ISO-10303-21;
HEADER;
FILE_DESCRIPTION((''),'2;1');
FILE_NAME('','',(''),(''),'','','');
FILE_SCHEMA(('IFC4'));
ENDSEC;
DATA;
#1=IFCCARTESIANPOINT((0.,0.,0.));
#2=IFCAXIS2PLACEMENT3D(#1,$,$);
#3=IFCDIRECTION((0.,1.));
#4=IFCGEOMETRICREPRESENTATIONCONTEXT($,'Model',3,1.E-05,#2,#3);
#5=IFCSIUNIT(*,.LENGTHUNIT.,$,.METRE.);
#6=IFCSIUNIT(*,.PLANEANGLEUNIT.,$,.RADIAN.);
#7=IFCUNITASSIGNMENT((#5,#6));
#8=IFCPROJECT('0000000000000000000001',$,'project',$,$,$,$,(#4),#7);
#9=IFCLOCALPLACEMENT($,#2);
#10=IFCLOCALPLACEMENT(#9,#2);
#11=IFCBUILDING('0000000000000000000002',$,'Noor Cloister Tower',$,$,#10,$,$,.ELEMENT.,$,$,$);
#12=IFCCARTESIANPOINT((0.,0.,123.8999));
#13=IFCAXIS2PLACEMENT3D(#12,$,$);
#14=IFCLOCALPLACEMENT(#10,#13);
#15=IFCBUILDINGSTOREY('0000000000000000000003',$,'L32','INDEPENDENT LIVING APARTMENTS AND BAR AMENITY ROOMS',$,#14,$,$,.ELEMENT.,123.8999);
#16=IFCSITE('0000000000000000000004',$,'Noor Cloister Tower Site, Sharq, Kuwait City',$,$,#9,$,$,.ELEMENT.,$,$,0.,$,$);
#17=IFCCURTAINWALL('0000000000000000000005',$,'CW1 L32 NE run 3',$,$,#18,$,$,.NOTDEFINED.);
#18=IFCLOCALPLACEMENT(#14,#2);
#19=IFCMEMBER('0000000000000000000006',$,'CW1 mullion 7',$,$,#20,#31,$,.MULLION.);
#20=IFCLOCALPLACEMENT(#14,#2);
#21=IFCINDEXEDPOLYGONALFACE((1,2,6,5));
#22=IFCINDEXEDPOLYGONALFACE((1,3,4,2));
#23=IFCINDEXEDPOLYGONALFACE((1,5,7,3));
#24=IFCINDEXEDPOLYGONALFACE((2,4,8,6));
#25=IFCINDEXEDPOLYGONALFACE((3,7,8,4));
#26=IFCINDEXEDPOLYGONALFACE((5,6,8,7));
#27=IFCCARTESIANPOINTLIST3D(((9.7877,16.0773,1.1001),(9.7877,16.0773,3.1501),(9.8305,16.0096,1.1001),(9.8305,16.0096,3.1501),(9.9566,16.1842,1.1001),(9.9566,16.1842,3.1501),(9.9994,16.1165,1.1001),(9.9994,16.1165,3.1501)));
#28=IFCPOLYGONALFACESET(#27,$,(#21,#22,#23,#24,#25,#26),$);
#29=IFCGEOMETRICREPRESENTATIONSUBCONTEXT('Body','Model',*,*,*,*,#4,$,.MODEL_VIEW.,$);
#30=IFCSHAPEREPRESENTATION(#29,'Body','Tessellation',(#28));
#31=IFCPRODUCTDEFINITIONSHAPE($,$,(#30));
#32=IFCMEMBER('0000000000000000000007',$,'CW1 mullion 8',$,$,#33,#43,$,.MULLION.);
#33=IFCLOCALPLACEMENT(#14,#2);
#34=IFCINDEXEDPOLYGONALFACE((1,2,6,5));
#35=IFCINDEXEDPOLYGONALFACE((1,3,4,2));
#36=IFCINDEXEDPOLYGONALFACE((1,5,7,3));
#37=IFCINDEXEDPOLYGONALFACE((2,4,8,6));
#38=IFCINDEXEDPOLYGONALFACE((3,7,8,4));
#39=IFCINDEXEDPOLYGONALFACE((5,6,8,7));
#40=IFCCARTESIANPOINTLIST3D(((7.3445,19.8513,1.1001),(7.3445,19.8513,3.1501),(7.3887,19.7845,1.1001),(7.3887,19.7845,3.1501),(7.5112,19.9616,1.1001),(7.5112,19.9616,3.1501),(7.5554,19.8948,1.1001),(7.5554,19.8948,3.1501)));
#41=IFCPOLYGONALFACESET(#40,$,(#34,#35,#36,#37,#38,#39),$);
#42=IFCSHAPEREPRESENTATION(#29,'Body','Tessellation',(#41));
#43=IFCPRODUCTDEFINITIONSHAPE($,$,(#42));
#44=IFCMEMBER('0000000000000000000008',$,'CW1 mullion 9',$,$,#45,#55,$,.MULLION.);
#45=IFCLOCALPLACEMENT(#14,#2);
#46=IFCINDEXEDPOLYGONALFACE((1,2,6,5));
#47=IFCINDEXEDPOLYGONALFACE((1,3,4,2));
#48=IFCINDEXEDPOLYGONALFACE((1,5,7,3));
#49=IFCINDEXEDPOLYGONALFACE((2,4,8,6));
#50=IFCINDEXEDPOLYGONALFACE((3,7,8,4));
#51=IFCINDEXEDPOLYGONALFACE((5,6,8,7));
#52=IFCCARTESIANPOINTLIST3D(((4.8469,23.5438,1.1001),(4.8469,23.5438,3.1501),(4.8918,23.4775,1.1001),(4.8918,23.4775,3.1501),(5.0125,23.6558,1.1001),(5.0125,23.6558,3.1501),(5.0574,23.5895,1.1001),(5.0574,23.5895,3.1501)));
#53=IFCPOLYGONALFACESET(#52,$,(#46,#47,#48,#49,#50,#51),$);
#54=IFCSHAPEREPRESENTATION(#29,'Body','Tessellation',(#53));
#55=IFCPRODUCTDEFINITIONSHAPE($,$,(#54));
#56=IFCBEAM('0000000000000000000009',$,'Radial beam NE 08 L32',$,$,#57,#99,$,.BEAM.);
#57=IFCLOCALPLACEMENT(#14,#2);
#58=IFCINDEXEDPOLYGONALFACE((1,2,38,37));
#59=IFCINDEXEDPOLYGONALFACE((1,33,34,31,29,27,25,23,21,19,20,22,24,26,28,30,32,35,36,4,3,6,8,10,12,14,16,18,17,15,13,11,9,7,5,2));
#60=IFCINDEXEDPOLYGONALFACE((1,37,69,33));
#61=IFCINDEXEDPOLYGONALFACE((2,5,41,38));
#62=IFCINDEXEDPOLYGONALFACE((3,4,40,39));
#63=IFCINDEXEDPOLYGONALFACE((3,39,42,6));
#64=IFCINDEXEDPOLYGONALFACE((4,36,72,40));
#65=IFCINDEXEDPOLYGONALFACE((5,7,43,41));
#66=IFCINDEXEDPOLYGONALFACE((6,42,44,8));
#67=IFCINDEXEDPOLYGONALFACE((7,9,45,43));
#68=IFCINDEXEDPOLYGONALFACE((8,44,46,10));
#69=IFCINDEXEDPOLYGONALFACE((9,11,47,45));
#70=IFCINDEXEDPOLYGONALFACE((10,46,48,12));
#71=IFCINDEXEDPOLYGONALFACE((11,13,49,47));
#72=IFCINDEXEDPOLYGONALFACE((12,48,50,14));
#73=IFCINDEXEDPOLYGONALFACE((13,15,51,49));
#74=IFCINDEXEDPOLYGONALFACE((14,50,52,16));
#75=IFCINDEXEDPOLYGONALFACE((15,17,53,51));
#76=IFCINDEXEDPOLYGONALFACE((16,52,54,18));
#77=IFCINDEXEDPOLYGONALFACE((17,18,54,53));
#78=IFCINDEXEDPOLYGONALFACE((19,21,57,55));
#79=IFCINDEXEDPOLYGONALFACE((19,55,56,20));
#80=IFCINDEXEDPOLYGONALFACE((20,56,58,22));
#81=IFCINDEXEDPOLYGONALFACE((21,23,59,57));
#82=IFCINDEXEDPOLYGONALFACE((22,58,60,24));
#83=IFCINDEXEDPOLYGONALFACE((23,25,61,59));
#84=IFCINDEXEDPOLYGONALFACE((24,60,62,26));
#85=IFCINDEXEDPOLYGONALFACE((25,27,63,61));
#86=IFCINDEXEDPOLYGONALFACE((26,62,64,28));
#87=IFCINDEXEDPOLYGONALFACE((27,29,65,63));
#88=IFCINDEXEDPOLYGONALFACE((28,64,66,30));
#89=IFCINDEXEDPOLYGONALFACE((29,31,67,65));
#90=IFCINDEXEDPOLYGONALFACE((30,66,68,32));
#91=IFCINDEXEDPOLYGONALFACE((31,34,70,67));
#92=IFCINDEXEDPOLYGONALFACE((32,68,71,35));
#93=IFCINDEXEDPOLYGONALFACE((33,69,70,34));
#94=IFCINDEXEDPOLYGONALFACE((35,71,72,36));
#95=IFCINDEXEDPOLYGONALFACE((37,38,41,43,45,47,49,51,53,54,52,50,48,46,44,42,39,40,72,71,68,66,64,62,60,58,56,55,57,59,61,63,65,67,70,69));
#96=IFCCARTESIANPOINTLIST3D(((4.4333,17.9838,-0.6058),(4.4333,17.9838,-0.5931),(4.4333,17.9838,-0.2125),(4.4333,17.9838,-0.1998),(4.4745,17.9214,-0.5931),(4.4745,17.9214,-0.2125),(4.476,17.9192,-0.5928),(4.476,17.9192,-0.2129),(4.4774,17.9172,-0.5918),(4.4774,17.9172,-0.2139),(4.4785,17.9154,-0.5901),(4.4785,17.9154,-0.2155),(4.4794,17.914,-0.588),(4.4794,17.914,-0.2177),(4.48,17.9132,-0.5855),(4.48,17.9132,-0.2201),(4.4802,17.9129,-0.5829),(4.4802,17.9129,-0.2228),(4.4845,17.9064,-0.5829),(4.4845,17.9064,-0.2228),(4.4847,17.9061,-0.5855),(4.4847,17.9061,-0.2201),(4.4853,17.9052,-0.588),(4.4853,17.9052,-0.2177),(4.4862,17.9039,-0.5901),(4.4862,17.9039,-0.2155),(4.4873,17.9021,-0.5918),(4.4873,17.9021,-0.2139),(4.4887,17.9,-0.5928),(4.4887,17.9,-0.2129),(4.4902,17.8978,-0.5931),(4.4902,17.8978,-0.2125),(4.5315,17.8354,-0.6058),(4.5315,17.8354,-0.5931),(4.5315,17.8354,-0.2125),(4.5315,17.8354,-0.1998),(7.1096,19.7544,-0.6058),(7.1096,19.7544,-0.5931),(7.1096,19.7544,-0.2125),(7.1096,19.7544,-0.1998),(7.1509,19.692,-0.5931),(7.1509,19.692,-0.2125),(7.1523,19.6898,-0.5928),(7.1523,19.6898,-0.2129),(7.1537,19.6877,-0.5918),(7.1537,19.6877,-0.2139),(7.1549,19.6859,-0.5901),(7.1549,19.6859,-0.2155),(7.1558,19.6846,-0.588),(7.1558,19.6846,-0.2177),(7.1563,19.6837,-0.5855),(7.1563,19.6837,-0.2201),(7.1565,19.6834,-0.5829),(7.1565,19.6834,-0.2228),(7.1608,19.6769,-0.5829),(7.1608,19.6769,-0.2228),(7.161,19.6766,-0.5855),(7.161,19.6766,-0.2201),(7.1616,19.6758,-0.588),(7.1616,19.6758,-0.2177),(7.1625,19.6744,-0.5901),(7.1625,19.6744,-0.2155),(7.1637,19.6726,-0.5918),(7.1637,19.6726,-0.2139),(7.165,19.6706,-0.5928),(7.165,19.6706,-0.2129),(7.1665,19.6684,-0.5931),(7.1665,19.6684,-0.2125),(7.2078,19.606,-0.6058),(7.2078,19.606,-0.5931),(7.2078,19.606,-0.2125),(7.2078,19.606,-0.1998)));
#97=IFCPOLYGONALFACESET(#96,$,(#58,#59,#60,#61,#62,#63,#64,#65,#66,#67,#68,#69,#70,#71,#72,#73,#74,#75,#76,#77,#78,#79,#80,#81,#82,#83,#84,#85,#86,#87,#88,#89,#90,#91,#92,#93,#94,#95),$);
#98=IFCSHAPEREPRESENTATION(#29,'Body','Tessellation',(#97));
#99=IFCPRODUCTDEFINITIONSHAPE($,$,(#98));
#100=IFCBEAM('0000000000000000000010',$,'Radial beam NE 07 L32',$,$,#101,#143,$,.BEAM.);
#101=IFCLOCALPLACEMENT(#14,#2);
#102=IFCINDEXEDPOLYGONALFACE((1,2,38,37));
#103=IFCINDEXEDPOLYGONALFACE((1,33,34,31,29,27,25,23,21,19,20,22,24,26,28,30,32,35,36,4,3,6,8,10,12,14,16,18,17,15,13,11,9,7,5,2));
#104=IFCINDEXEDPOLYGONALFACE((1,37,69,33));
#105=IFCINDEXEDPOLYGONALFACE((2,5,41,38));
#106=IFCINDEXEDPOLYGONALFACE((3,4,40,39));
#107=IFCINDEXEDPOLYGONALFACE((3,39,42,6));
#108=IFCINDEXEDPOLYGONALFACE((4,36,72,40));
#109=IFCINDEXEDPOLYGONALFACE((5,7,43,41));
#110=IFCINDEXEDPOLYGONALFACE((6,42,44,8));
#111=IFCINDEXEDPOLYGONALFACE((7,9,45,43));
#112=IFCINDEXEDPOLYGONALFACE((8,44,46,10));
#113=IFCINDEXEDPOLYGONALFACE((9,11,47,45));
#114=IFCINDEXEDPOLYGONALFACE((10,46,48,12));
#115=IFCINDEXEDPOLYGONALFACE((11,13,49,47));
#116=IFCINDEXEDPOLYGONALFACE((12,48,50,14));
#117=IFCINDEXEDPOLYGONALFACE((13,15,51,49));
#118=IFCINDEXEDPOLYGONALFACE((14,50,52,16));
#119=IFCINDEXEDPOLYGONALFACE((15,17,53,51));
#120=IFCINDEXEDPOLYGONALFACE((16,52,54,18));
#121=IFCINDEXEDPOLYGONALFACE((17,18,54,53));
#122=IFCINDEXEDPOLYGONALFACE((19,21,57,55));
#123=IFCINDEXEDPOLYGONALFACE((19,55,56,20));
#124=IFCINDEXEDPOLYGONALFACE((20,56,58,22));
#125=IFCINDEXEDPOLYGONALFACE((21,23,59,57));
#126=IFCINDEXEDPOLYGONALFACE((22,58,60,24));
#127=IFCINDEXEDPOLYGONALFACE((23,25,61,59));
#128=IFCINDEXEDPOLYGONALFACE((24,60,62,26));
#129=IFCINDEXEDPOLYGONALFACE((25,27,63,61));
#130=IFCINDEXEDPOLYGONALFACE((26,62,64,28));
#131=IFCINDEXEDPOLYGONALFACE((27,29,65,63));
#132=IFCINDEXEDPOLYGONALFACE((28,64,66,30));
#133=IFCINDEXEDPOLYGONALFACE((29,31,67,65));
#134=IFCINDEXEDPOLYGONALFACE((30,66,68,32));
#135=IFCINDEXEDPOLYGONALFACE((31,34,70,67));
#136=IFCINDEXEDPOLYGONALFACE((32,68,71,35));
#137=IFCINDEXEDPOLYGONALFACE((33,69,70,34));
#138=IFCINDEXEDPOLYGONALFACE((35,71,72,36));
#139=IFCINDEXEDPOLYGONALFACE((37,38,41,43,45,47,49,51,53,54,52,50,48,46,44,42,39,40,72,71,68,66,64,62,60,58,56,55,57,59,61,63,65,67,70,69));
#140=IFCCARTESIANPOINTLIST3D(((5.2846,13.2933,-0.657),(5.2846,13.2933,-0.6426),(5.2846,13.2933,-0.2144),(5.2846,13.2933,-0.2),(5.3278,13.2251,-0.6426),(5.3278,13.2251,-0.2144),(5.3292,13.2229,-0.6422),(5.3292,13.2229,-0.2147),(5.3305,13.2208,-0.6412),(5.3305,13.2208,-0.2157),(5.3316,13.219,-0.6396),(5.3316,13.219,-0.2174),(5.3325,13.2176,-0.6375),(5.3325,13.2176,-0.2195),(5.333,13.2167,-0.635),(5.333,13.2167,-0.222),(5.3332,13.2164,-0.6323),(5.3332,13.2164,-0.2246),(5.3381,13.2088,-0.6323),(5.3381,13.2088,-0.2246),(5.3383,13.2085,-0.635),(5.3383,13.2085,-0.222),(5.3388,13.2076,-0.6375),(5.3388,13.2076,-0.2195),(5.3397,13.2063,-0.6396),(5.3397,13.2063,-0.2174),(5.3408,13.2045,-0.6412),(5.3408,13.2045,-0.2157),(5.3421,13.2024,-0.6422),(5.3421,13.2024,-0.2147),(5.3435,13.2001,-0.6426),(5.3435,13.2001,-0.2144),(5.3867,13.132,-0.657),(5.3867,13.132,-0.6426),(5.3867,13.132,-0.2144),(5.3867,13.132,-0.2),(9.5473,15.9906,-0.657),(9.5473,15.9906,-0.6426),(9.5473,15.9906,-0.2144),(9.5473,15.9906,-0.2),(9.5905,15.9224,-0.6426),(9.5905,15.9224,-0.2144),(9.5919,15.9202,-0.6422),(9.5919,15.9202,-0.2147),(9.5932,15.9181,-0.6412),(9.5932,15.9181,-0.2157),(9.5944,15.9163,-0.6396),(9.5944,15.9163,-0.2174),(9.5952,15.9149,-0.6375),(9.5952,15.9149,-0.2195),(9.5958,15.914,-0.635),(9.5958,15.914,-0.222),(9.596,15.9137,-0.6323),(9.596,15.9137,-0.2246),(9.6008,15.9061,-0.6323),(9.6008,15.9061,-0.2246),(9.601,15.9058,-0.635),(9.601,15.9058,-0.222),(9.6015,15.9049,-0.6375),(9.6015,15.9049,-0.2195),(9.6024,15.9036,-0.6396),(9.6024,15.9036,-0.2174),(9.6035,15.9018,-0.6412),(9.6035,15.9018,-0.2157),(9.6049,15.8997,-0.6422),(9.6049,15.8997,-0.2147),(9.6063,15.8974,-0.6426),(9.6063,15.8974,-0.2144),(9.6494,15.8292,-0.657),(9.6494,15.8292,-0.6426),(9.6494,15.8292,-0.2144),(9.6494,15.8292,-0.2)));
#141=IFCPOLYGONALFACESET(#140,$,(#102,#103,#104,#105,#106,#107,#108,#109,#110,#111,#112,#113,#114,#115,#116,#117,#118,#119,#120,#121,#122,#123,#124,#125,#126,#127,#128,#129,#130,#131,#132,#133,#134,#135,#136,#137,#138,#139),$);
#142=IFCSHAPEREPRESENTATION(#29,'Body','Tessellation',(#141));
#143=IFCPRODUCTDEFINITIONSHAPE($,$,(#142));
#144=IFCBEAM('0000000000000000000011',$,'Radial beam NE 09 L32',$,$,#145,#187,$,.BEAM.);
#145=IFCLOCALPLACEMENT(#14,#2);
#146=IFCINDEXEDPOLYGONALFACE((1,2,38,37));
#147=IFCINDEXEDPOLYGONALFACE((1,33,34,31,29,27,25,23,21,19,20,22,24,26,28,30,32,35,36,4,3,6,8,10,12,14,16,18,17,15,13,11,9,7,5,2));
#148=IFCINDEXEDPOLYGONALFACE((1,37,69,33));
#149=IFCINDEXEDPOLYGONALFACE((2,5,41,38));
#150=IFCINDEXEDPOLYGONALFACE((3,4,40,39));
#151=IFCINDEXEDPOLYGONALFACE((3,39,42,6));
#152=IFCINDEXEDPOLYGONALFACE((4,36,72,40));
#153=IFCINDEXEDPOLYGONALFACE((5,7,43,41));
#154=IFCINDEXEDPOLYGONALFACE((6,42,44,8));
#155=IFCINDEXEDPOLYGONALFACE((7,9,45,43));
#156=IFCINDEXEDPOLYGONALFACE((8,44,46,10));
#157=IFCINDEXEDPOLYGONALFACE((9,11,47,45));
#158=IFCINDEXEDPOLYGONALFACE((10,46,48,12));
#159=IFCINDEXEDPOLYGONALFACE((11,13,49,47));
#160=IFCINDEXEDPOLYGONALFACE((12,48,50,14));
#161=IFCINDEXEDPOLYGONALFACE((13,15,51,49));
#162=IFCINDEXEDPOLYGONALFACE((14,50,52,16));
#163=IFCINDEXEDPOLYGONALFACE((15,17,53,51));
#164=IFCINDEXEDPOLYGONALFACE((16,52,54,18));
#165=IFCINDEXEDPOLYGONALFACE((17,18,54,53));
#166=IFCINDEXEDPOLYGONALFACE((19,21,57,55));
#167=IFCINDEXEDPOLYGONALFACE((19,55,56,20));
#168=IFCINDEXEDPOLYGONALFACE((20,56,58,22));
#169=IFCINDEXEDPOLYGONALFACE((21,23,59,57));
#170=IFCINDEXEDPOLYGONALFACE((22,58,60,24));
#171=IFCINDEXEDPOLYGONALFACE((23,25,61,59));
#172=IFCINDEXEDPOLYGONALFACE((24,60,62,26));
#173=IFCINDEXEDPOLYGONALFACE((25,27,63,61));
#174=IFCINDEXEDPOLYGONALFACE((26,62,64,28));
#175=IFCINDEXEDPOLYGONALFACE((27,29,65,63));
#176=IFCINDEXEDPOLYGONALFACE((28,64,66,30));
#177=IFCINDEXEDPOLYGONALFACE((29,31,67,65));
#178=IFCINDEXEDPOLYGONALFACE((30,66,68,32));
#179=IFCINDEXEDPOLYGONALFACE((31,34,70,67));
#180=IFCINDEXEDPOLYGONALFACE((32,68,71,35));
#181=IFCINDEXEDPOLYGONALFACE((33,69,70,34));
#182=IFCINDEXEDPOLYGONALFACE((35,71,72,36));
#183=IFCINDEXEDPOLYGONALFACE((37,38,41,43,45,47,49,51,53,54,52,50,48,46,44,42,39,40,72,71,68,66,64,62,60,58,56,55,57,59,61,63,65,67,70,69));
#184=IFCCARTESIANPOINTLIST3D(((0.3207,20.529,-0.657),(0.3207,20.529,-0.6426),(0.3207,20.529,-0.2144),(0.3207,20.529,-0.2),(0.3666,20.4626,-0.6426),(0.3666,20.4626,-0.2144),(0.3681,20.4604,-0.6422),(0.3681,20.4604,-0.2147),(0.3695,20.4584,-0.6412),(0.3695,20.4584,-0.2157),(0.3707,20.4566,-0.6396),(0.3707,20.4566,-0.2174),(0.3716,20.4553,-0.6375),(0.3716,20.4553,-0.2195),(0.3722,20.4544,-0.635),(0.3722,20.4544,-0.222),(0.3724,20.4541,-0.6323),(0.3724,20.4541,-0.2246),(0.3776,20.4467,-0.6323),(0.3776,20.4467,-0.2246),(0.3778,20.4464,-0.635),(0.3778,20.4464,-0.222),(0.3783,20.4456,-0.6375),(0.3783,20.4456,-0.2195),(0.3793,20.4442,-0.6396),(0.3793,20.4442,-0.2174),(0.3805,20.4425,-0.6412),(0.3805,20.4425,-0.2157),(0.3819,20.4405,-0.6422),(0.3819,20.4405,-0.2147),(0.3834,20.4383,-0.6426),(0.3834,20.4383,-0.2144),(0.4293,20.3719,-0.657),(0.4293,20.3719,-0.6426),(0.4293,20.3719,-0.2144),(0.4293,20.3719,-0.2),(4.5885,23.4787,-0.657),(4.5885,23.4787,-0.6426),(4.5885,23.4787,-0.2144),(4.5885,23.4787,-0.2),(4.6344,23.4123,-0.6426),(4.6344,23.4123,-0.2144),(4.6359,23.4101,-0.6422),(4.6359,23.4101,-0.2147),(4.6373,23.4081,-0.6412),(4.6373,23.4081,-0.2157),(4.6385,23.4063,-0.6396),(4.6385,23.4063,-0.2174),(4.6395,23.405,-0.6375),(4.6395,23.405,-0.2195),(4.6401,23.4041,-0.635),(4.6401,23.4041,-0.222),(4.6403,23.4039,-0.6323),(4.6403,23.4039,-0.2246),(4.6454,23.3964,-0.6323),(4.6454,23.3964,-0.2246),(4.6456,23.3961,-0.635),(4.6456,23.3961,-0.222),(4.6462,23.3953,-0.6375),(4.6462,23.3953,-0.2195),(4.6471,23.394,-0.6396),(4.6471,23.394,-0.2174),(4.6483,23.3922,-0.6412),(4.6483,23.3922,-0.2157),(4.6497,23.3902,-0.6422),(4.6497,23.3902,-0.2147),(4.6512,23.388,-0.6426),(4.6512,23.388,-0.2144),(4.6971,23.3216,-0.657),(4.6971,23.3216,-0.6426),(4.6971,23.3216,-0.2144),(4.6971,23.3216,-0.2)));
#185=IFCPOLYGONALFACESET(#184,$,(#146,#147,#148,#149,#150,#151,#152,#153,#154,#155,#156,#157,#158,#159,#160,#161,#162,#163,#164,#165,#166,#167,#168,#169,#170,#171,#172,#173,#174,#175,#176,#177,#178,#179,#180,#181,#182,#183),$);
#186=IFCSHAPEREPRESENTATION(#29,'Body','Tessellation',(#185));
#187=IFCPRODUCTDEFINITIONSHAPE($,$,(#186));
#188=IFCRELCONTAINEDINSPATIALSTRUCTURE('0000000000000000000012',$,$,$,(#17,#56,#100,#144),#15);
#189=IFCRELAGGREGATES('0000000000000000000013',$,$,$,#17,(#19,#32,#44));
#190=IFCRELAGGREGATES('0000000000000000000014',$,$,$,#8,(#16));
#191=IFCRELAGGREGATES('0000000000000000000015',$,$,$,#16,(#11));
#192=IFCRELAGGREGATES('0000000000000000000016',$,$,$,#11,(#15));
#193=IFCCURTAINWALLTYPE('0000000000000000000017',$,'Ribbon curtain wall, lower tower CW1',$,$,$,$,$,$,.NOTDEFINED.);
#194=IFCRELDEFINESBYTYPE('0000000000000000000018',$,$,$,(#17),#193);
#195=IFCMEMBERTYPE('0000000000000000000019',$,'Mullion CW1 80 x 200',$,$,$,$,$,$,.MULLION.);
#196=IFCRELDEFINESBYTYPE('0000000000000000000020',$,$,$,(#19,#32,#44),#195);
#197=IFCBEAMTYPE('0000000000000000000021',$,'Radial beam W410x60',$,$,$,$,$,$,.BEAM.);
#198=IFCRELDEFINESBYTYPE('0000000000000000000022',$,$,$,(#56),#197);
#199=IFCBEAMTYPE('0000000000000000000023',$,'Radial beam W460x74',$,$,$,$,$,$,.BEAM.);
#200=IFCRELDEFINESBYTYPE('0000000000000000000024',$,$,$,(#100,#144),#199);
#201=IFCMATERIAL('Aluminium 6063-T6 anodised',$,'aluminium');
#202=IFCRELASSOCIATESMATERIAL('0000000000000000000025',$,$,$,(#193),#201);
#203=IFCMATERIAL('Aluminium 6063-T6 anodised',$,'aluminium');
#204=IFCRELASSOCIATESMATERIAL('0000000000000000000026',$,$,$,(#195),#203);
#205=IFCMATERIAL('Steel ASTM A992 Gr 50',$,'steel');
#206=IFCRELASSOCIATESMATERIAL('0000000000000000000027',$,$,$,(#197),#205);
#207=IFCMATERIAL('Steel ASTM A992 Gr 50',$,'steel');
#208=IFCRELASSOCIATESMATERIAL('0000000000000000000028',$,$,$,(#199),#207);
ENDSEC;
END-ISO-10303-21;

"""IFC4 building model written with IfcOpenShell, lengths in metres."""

from ifc_helpers import new_model, si_unit, direction, frame, origin, origin_2d, place, context, subcontext, project, spatial, rectangle, i_section, extrude, material, material_profile, profile_set, type_object, element, aggregate, save


model = new_model("IFC4")

# Units and contexts
model_context = context("Model", 3, precision=1e-05, world=origin(), true_north=direction((0.0, 1.0)))
body_context = subcontext(model_context, "Body", "Model", "MODEL_VIEW")
ifc_project = project(units=[si_unit("LENGTHUNIT", "METRE"), si_unit("PLANEANGLEUNIT", "RADIAN")], contexts=[model_context])

# Site, building, storey
site_placement = place(None, origin())
site = spatial("IfcSite", under=ifc_project, at=site_placement, Name="Noor Cloister Tower Site, Sharq, Kuwait City", CompositionType="ELEMENT", RefElevation=0.0)
building_placement = place(site_placement, origin())
building = spatial("IfcBuilding", under=site, at=building_placement, Name="Noor Cloister Tower", CompositionType="ELEMENT")
storey_placement = place(building_placement, frame((0.0, 0.0, 123.8999)))
storey = spatial("IfcBuildingStorey", under=building, at=storey_placement, Name="L32", Description="INDEPENDENT LIVING APARTMENTS AND BAR AMENITY ROOMS", CompositionType="ELEMENT", Elevation=123.8999)

# Curtain wall, members
ifc_material_1 = material(Name="Aluminium 6063-T6 anodised", Category="aluminium")
curtain_wall_type = type_object("IfcCurtainWallType", Name="Ribbon curtain wall, lower tower CW1", PredefinedType="NOTDEFINED", material=ifc_material_1)
curtain_wall_placement = place(storey_placement, origin())
curtain_wall = element("IfcCurtainWall", 1, at=curtain_wall_placement, inside=storey, type_object=curtain_wall_type, Name="CW1 L32 NE run 3", PredefinedType="NOTDEFINED")
ifc_material_2 = material(Name="Aluminium 6063-T6 anodised", Category="aluminium")
ifc_material_profile_1 = material_profile(ifc_material_2, rectangle(XDim=0.2, YDim=0.0801, at=origin_2d()), Name="200 x 80 mullion")
ifc_profile_set_1 = profile_set([ifc_material_profile_1], Name="Aluminium 6063-T6 anodised")
member_type = type_object("IfcMemberType", Name="Mullion CW1 80 x 200", PredefinedType="MULLION", material=ifc_profile_set_1)
member_1_placement = place(storey_placement, frame((9.8936, 16.0969, 1.1001), z_axis=(0.0, 0.0, 1.0), x_axis=(-0.845023, -0.53473, 0.0)))
member_1 = element("IfcMember", 2, at=member_1_placement, type_object=member_type, Name="CW1 mullion 7", PredefinedType="MULLION", context=body_context, shape_type="SweptSolid", body=[
    extrude(rectangle(XDim=0.2, YDim=0.0801, at=origin_2d()), origin(), (0.0, 0.0, 1.0), 2.05),
])
member_2_placement = place(storey_placement, frame((7.45, 19.873, 1.1001), z_axis=(0.0, 0.0, 1.0), x_axis=(-0.833997, -0.551768, 0.0)))
member_2 = element("IfcMember", 3, at=member_2_placement, type_object=member_type, Name="CW1 mullion 8", PredefinedType="MULLION", context=body_context, shape_type="SweptSolid", body=[
    extrude(rectangle(XDim=0.2, YDim=0.0801, at=origin_2d()), origin(), (0.0, 0.0, 1.0), 2.05),
])
member_3_placement = place(storey_placement, frame((4.9521, 23.5667, 1.1001), z_axis=(0.0, 0.0, 1.0), x_axis=(-0.828356, -0.560203, 0.0)))
member_3 = element("IfcMember", 4, at=member_3_placement, type_object=member_type, Name="CW1 mullion 9", PredefinedType="MULLION", context=body_context, shape_type="SweptSolid", body=[
    extrude(rectangle(XDim=0.2, YDim=0.0801, at=origin_2d()), origin(), (0.0, 0.0, 1.0), 2.05),
])

# Beams
ifc_material_3 = material(Name="Steel ASTM A992 Gr 50", Category="steel")
ifc_material_profile_2 = material_profile(ifc_material_3, i_section(OverallWidth=0.178, OverallDepth=0.406, WebThickness=0.0078, FlangeThickness=0.0127, FilletRadius=0.0103, at=origin_2d()), Name="W410x60")
ifc_profile_set_2 = profile_set([ifc_material_profile_2], Name="Steel ASTM A992 Gr 50")
beam_type_1 = type_object("IfcBeamType", Name="Radial beam W410x60", PredefinedType="BEAM", material=ifc_profile_set_2)
beam_1_placement = place(storey_placement, frame((7.1587, 19.6802, -0.4028), z_axis=(-0.834011, -0.551747, 0.0), x_axis=(0.551747, -0.834011, 0.0)))
element("IfcBeam", 5, at=beam_1_placement, inside=storey, type_object=beam_type_1, Name="Radial beam NE 08 L32", PredefinedType="BEAM", context=body_context, shape_type="SweptSolid", body=[
    extrude(i_section(OverallWidth=0.178, OverallDepth=0.406, WebThickness=0.0078, FlangeThickness=0.0127, FilletRadius=0.0103, at=origin_2d()), origin(), (0.0, 0.0, 1.0), 3.209),
])
ifc_material_4 = material(Name="Steel ASTM A992 Gr 50", Category="steel")
ifc_material_profile_3 = material_profile(ifc_material_4, i_section(OverallWidth=0.1909, OverallDepth=0.457, WebThickness=0.009, FlangeThickness=0.0144, FilletRadius=0.0103, at=origin_2d()), Name="W460x74")
ifc_profile_set_3 = profile_set([ifc_material_profile_3], Name="Steel ASTM A992 Gr 50")
beam_type_2 = type_object("IfcBeamType", Name="Radial beam W460x74", PredefinedType="BEAM", material=ifc_profile_set_3)
beam_2_placement = place(storey_placement, frame((9.5984, 15.9099, -0.4285), z_axis=(-0.845038, -0.534707, 0.0), x_axis=(0.534707, -0.845038, 0.0)))
element("IfcBeam", 6, at=beam_2_placement, inside=storey, type_object=beam_type_2, Name="Radial beam NE 07 L32", PredefinedType="BEAM", context=body_context, shape_type="SweptSolid", body=[
    extrude(i_section(OverallWidth=0.1909, OverallDepth=0.457, WebThickness=0.009, FlangeThickness=0.0144, FilletRadius=0.0103, at=origin_2d()), origin(), (0.0, 0.0, 1.0), 5.0444),
])
beam_3_placement = place(storey_placement, frame((4.6428, 23.4001, -0.4285), z_axis=(-0.822637, -0.568566, 0.0), x_axis=(0.568566, -0.822637, 0.0)))
element("IfcBeam", 7, at=beam_3_placement, inside=storey, type_object=beam_type_2, Name="Radial beam NE 09 L32", PredefinedType="BEAM", context=body_context, shape_type="SweptSolid", body=[
    extrude(i_section(OverallWidth=0.1909, OverallDepth=0.457, WebThickness=0.009, FlangeThickness=0.0144, FilletRadius=0.0103, at=origin_2d()), origin(), (0.0, 0.0, 1.0), 5.188),
])

aggregate(curtain_wall, [member_1, member_2, member_3])

save(model, "model.ifc")
